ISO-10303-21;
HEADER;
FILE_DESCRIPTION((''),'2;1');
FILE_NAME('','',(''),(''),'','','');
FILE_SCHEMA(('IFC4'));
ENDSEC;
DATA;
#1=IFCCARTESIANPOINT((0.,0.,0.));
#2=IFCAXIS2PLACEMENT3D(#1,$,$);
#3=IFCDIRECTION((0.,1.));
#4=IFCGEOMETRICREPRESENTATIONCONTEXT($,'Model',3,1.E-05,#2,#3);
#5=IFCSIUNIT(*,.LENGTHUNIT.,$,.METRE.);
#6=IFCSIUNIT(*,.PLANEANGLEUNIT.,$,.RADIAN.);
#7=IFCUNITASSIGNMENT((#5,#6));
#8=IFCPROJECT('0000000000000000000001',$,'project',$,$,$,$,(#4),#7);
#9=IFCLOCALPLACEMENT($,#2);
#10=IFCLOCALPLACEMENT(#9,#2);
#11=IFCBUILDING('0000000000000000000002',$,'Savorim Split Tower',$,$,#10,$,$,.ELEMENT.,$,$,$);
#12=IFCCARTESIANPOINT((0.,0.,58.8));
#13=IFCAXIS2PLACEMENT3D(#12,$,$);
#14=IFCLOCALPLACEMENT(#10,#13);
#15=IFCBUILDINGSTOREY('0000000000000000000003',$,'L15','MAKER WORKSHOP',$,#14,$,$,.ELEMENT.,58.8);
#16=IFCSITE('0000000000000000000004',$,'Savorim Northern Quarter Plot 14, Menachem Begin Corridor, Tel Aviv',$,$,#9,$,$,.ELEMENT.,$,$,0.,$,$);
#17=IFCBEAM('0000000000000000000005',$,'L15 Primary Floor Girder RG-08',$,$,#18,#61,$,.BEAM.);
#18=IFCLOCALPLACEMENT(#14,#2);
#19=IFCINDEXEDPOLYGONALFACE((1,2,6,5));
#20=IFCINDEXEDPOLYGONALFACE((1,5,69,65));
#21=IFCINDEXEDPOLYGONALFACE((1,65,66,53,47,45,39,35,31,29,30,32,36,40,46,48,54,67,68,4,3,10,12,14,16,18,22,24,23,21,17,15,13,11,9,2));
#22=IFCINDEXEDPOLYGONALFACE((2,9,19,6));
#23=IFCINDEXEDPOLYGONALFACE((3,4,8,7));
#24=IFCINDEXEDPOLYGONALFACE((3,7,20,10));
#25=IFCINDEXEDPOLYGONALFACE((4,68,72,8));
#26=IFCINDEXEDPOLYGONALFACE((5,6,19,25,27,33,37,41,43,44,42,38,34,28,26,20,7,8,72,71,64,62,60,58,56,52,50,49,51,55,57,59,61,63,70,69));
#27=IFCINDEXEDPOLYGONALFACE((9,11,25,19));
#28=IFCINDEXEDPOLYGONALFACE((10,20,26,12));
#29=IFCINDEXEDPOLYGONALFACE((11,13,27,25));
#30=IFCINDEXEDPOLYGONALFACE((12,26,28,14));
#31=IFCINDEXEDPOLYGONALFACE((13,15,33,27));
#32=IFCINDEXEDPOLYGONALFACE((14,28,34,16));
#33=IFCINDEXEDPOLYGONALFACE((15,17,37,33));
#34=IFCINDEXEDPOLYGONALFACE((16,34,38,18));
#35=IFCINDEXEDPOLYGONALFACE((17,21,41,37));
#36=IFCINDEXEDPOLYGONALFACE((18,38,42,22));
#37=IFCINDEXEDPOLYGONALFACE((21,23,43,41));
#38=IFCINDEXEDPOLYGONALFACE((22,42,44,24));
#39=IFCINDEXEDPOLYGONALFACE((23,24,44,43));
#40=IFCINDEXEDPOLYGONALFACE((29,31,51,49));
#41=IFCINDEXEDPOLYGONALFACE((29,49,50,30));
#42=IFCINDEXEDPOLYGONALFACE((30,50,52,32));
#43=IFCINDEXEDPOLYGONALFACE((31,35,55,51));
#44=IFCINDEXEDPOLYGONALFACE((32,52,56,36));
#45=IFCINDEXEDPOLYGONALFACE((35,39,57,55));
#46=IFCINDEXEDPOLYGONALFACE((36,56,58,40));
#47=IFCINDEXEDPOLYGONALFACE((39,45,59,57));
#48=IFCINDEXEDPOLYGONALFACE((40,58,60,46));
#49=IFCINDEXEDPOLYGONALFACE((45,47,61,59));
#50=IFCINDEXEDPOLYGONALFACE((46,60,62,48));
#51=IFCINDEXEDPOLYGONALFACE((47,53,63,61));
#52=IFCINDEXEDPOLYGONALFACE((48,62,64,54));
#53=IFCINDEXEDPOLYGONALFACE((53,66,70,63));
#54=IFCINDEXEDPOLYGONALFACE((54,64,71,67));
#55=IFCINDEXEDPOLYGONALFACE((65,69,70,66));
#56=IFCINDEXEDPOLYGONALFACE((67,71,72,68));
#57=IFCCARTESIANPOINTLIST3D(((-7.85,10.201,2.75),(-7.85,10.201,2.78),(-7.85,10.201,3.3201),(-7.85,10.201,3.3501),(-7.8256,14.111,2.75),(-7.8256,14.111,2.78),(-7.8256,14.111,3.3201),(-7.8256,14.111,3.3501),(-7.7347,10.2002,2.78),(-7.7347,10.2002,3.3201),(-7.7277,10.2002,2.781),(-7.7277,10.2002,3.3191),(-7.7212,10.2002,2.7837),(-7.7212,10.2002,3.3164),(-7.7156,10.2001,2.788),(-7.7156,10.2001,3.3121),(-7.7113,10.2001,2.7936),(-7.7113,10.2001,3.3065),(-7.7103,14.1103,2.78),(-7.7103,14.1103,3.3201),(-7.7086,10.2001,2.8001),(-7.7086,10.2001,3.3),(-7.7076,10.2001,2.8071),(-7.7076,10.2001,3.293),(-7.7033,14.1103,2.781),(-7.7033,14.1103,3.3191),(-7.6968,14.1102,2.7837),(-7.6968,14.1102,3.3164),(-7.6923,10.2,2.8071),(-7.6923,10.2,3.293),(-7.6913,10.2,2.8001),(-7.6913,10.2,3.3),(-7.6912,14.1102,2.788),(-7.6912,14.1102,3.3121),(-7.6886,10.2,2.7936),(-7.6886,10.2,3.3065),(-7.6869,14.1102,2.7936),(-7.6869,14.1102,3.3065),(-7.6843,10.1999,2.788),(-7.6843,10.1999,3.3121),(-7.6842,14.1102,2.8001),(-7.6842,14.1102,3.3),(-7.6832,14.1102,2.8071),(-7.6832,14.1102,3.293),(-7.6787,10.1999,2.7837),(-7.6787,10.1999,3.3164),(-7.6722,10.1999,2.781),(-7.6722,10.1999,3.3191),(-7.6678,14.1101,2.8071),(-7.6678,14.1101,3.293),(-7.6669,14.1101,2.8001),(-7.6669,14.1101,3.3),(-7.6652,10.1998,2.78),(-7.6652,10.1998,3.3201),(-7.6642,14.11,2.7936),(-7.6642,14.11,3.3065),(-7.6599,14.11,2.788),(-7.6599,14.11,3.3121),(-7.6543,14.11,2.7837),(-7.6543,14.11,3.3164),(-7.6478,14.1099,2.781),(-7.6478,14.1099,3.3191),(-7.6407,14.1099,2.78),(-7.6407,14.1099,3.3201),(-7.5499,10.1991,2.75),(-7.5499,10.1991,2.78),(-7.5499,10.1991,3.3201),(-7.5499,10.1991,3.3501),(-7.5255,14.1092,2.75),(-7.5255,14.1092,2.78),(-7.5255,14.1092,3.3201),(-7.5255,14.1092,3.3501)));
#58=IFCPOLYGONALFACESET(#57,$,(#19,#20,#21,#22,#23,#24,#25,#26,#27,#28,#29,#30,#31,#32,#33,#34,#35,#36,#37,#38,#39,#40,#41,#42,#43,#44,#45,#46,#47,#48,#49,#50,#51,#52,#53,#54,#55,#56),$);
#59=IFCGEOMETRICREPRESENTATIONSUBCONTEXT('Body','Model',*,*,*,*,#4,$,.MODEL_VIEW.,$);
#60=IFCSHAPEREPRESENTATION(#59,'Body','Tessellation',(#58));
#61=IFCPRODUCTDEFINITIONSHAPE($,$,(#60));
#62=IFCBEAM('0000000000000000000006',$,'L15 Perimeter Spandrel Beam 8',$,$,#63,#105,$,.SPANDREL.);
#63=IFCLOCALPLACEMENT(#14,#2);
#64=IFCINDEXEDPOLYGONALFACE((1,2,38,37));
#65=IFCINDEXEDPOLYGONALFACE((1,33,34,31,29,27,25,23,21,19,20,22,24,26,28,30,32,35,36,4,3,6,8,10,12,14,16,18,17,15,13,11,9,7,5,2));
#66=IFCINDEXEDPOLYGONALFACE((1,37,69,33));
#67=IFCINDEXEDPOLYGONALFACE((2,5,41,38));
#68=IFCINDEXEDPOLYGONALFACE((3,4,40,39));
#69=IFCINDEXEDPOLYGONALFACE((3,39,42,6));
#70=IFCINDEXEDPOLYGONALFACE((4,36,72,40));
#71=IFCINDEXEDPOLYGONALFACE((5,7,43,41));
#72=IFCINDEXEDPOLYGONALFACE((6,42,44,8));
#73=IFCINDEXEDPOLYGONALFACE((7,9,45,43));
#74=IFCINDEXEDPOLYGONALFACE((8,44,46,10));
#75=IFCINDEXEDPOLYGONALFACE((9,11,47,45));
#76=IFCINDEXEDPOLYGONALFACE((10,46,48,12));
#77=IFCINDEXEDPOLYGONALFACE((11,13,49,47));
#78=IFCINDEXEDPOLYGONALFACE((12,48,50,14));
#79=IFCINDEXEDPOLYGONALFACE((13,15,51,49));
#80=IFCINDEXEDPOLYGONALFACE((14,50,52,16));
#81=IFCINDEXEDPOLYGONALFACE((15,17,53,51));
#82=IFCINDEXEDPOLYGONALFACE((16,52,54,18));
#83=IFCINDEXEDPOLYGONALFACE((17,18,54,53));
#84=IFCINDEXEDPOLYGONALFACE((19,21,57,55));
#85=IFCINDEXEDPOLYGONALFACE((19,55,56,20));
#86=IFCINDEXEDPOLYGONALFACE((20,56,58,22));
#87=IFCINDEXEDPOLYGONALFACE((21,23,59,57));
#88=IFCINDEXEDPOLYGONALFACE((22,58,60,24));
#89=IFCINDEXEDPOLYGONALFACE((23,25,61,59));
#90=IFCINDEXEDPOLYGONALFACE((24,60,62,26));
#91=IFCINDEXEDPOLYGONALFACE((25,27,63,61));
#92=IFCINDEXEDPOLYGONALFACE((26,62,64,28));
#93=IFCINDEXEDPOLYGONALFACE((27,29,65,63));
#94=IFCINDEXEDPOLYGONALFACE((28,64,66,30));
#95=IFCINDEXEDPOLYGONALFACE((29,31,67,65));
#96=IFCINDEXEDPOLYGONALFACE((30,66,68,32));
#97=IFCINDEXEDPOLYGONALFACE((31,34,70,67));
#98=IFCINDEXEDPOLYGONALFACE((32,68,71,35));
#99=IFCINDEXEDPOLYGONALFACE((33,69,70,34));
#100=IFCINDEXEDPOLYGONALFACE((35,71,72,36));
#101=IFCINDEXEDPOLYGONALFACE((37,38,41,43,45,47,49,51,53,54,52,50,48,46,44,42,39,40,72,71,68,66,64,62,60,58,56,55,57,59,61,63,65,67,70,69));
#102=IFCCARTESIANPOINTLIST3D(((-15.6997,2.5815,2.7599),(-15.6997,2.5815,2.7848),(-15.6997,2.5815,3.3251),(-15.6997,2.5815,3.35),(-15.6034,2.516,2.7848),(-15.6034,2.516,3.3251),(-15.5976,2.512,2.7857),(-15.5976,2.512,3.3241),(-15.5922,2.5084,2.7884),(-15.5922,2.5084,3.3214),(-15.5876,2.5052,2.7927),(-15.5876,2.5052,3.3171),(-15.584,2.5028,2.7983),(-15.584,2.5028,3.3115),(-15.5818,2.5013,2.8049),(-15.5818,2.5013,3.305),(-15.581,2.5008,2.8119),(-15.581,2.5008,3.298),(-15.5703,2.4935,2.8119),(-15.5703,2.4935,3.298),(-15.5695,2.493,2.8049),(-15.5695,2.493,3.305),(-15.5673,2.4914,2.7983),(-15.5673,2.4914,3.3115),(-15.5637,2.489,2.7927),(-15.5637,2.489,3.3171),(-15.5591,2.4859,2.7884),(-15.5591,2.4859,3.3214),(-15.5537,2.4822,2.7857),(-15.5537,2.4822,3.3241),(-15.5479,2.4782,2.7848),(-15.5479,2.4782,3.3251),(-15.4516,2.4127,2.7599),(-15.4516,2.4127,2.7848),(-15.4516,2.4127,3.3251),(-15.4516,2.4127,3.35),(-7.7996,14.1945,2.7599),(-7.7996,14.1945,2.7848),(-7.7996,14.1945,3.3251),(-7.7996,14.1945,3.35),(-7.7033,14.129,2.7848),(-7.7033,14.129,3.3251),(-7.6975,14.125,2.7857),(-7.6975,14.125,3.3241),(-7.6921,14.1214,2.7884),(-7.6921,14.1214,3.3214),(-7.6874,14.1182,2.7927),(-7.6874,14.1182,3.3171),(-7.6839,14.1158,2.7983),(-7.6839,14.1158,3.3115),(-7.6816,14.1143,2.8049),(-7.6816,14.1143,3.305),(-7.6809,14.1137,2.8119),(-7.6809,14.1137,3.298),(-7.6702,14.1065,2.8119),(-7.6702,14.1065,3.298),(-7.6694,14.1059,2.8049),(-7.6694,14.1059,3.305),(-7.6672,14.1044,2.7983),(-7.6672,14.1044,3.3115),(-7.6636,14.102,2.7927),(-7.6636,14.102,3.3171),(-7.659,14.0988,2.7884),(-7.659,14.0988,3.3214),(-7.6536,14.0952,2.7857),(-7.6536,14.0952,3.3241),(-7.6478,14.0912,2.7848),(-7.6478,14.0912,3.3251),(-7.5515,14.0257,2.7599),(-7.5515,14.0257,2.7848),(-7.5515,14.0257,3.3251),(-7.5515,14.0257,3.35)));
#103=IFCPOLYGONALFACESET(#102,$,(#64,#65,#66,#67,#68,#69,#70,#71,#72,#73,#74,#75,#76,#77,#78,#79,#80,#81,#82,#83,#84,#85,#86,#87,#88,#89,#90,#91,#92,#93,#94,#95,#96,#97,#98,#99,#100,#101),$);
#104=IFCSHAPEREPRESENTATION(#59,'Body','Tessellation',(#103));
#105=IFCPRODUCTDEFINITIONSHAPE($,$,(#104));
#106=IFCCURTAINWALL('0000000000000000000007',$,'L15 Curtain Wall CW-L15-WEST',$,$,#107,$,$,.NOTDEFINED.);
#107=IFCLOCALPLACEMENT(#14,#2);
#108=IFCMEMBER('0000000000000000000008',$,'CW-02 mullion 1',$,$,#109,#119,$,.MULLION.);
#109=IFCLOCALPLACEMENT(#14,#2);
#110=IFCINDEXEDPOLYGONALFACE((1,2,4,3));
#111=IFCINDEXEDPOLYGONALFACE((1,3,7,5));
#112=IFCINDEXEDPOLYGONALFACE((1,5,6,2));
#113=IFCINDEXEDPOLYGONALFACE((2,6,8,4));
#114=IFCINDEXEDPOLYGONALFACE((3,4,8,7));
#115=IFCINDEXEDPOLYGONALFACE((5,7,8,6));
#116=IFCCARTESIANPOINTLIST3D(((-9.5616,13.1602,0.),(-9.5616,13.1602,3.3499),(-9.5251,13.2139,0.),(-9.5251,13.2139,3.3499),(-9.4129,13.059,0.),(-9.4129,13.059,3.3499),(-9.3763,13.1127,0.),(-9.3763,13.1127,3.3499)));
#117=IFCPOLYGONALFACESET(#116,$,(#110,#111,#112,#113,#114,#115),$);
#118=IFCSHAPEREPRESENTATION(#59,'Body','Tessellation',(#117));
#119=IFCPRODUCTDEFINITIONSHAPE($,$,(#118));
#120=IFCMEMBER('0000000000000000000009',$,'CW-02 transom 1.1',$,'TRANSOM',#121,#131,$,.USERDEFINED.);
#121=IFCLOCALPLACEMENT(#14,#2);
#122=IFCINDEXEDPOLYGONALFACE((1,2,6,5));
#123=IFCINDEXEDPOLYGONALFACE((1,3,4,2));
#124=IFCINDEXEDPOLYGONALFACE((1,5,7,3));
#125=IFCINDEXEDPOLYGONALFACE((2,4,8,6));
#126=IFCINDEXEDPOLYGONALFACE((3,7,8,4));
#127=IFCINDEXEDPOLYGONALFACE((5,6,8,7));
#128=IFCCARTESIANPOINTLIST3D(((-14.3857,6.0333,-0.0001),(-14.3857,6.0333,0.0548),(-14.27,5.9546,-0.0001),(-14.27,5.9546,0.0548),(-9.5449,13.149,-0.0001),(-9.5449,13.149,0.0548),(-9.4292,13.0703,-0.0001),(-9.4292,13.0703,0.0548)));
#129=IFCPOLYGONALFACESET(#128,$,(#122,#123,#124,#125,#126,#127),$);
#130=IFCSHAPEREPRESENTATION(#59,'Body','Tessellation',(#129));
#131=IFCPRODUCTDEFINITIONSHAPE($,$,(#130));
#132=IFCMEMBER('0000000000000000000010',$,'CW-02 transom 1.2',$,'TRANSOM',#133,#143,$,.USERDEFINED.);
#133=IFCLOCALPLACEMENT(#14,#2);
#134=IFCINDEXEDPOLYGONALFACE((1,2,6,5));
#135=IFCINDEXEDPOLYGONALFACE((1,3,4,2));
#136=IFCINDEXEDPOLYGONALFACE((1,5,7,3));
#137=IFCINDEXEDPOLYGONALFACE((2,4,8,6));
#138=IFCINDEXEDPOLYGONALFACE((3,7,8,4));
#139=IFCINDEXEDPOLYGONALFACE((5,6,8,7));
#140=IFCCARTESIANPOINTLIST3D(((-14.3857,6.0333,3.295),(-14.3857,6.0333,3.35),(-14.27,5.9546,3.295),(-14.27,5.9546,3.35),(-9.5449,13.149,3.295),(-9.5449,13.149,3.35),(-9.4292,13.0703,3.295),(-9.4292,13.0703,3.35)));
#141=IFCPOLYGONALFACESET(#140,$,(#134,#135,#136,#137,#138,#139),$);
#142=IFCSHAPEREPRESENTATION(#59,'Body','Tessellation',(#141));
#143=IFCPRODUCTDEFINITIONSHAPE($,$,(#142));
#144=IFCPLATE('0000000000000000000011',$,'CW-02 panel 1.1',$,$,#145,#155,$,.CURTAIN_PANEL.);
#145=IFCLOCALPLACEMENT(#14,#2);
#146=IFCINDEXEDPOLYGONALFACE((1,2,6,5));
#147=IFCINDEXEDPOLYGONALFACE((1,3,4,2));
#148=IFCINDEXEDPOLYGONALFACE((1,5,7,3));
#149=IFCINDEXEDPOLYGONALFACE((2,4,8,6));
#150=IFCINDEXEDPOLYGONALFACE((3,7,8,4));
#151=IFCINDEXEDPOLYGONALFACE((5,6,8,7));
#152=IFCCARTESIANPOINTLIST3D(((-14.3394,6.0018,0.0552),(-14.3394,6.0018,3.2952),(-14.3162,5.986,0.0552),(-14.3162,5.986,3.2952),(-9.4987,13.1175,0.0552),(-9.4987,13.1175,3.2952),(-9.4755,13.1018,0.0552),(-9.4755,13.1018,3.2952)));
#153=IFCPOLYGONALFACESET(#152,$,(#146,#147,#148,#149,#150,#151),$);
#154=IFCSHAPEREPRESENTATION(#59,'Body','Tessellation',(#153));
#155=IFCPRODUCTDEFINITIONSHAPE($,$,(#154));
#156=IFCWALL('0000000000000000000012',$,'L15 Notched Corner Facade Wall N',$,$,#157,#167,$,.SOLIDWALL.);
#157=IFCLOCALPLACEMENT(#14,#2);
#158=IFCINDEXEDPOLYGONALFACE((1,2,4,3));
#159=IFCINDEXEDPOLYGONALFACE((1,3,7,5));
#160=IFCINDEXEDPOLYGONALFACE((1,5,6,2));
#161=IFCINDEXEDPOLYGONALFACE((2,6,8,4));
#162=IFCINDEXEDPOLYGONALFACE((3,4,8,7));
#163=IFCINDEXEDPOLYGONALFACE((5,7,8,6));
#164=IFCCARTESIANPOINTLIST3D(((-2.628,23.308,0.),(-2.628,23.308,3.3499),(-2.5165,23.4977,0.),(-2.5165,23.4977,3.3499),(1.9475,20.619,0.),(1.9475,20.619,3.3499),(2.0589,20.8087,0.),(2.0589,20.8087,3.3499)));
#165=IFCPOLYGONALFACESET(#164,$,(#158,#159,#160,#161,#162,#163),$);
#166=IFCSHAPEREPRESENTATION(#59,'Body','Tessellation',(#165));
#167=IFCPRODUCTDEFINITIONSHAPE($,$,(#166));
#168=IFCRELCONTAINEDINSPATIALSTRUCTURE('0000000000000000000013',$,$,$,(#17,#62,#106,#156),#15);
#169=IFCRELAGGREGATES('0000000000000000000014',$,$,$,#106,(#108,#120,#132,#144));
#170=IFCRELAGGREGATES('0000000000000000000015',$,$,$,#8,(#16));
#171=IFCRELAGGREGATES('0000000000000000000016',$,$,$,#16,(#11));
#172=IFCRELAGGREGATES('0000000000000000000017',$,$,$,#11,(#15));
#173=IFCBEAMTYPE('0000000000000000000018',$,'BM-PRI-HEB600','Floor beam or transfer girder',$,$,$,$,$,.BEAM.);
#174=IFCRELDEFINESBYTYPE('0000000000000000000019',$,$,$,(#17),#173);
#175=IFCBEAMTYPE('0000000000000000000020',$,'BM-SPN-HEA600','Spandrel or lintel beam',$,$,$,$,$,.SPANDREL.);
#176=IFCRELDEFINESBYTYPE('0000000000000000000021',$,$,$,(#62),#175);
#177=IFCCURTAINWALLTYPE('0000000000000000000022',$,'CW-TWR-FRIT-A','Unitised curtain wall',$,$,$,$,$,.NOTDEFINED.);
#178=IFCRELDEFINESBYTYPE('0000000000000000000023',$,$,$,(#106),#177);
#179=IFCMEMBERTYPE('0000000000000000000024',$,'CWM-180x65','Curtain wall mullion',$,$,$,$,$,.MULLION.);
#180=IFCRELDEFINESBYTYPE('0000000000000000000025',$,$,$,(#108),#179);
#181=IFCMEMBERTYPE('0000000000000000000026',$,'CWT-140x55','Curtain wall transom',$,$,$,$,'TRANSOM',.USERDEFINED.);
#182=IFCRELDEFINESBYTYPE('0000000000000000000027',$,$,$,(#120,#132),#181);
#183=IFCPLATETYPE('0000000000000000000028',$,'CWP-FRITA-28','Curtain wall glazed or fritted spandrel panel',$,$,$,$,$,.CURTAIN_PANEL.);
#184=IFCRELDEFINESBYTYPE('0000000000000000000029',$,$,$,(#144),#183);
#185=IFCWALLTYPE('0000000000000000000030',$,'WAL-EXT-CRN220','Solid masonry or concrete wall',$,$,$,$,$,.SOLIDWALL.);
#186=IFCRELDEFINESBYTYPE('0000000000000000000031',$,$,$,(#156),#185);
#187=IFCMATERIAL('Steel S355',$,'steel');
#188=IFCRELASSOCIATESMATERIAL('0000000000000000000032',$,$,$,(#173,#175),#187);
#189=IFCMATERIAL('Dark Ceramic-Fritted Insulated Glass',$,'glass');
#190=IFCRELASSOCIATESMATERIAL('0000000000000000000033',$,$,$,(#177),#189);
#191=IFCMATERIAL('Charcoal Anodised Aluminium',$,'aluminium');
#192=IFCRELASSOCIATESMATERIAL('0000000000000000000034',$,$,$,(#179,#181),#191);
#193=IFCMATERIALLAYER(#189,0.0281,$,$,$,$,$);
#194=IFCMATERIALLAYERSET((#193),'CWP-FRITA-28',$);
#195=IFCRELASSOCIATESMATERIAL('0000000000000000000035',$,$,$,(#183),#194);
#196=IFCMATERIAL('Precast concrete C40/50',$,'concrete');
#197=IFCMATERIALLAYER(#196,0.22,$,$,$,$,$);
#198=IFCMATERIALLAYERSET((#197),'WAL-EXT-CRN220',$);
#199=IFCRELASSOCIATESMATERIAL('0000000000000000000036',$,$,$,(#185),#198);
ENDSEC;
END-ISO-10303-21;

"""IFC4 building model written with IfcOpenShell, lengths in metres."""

from ifc_helpers import new_model, si_unit, direction, frame, frame_2d, origin, origin_2d, place, context, subcontext, project, spatial, rectangle, i_section, extrude, material, layer, layer_set, material_profile, profile_set, type_object, element, aggregate, save


model = new_model("IFC4")

# Units and contexts
model_context = context("Model", 3, precision=1e-05, world=origin(), true_north=direction((0.0, 1.0)))
body_context = subcontext(model_context, "Body", "Model", "MODEL_VIEW")
ifc_project = project(units=[si_unit("LENGTHUNIT", "METRE"), si_unit("PLANEANGLEUNIT", "RADIAN")], contexts=[model_context])

# Site, building, storey
site_placement = place(None, origin())
site = spatial("IfcSite", under=ifc_project, at=site_placement, Name="Savorim Northern Quarter Plot 14, Menachem Begin Corridor, Tel Aviv", CompositionType="ELEMENT", RefElevation=0.0)
building_placement = place(site_placement, origin())
building = spatial("IfcBuilding", under=site, at=building_placement, Name="Savorim Split Tower", CompositionType="ELEMENT")
storey_placement = place(building_placement, frame((0.0, 0.0, 58.8)))
storey = spatial("IfcBuildingStorey", under=building, at=storey_placement, Name="L15", Description="MAKER WORKSHOP", CompositionType="ELEMENT", Elevation=58.8)

# Beams
ifc_material_1 = material(Name="Steel S355", Category="steel")
ifc_material_profile_1 = material_profile(ifc_material_1, i_section(OverallWidth=0.3, OverallDepth=0.6001, WebThickness=0.0154, FlangeThickness=0.03, FilletRadius=0.0271, at=origin_2d()), Name="HEB 600")
ifc_profile_set_1 = profile_set([ifc_material_profile_1], Name="Steel S355")
beam_type_1 = type_object("IfcBeamType", Name="BM-PRI-HEB600", Description="Floor beam or transfer girder", PredefinedType="BEAM", material=ifc_profile_set_1)
beam_1_placement = place(storey_placement, frame((-7.6755, 14.1101, 3.05), z_axis=(-0.006244, -0.999981, 0.0), x_axis=(0.999981, -0.006244, 0.0)))
element("IfcBeam", 1, at=beam_1_placement, inside=storey, type_object=beam_type_1, Name="L15 Primary Floor Girder RG-08", PredefinedType="BEAM", context=body_context, shape_type="SweptSolid", body=[
    extrude(i_section(OverallWidth=0.3, OverallDepth=0.6001, WebThickness=0.0154, FlangeThickness=0.03, FilletRadius=0.0271, at=origin_2d()), origin(), (0.0, 0.0, 1.0), 3.9102),
])
ifc_material_profile_2 = material_profile(ifc_material_1, i_section(OverallWidth=0.3, OverallDepth=0.5901, WebThickness=0.0129, FlangeThickness=0.0249, FilletRadius=0.0271, at=origin_2d()), Name="HEA 600")
ifc_profile_set_2 = profile_set([ifc_material_profile_2], Name="Steel S355")
beam_type_2 = type_object("IfcBeamType", Name="BM-SPN-HEA600", Description="Spandrel or lintel beam", PredefinedType="SPANDREL", material=ifc_profile_set_2)
beam_2_placement = place(storey_placement, frame((-7.6755, 14.1101, 3.0549), z_axis=(-0.56247, -0.826818, 0.0), x_axis=(0.826818, -0.56247, 0.0)))
element("IfcBeam", 2, at=beam_2_placement, inside=storey, type_object=beam_type_2, Name="L15 Perimeter Spandrel Beam 8", PredefinedType="SPANDREL", context=body_context, shape_type="SweptSolid", body=[
    extrude(i_section(OverallWidth=0.3, OverallDepth=0.5901, WebThickness=0.0129, FlangeThickness=0.0249, FilletRadius=0.0271, at=origin_2d()), origin(), (0.0, 0.0, 1.0), 14.0454),
])

# Curtain wall, members, plate
ifc_material_2 = material(Name="Dark Ceramic-Fritted Insulated Glass", Category="glass")
curtain_wall_type = type_object("IfcCurtainWallType", Name="CW-TWR-FRIT-A", Description="Unitised curtain wall", PredefinedType="NOTDEFINED", material=ifc_material_2)
curtain_wall_placement = place(storey_placement, origin())
curtain_wall = element("IfcCurtainWall", 3, at=curtain_wall_placement, inside=storey, type_object=curtain_wall_type, Name="L15 Curtain Wall CW-L15-WEST", PredefinedType="NOTDEFINED")
ifc_material_3 = material(Name="Charcoal Anodised Aluminium", Category="aluminium")
ifc_material_profile_3 = material_profile(ifc_material_3, rectangle(XDim=0.1799, YDim=0.0649, at=origin_2d()), Name="ALU-M 180x65")
ifc_profile_set_3 = profile_set([ifc_material_profile_3], Name="Charcoal Anodised Aluminium")
member_type_1 = type_object("IfcMemberType", Name="CWM-180x65", Description="Curtain wall mullion", PredefinedType="MULLION", material=ifc_profile_set_3)
member_1_placement = place(storey_placement, frame((-9.469, 13.1365, 0.0), z_axis=(0.0, 0.0, 1.0), x_axis=(0.82682, -0.562466, 0.0)))
member_1 = element("IfcMember", 4, at=member_1_placement, type_object=member_type_1, Name="CW-02 mullion 1", PredefinedType="MULLION", context=body_context, shape_type="SweptSolid", body=[
    extrude(rectangle(XDim=0.1799, YDim=0.0649, at=origin_2d()), origin(), (0.0, 0.0, 1.0), 3.3499),
])
ifc_material_profile_4 = material_profile(ifc_material_3, rectangle(XDim=0.1399, YDim=0.0549, at=origin_2d()), Name="ALU-T 140x55")
ifc_profile_set_4 = profile_set([ifc_material_profile_4], Name="Charcoal Anodised Aluminium")
member_type_2 = type_object("IfcMemberType", Name="CWT-140x55", Description="Curtain wall transom", ElementType="TRANSOM", PredefinedType="USERDEFINED", material=ifc_profile_set_4)
member_2_placement = place(storey_placement, frame((-9.4871, 13.1096, 0.0273), z_axis=(-0.562479, -0.826811, 0.0), x_axis=(0.826811, -0.562479, 0.0)))
member_2 = element("IfcMember", 5, at=member_2_placement, type_object=member_type_2, Name="CW-02 transom 1.1", ObjectType="TRANSOM", PredefinedType="USERDEFINED", context=body_context, shape_type="SweptSolid", body=[
    extrude(rectangle(XDim=0.1399, YDim=0.0549, at=origin_2d()), origin(), (0.0, 0.0, 1.0), 8.6062),
])
member_3_placement = place(storey_placement, frame((-9.4871, 13.1096, 3.3225), z_axis=(-0.562479, -0.826811, 0.0), x_axis=(0.826811, -0.562479, 0.0)))
member_3 = element("IfcMember", 6, at=member_3_placement, type_object=member_type_2, Name="CW-02 transom 1.2", ObjectType="TRANSOM", PredefinedType="USERDEFINED", context=body_context, shape_type="SweptSolid", body=[
    extrude(rectangle(XDim=0.1399, YDim=0.0549, at=origin_2d()), origin(), (0.0, 0.0, 1.0), 8.6062),
])
ifc_layer_1 = layer(ifc_material_2, 0.0281)
ifc_layer_set_1 = layer_set([ifc_layer_1], Name="CWP-FRITA-28")
plate_type = type_object("IfcPlateType", Name="CWP-FRITA-28", Description="Curtain wall glazed or fritted spandrel panel", PredefinedType="CURTAIN_PANEL", material=ifc_layer_set_1)
plate_placement = place(storey_placement, frame((-11.9075, 9.5518, 0.0552), z_axis=(0.0, 0.0, 1.0), x_axis=(-0.562466, -0.82682, 0.0)))
plate = element("IfcPlate", 7, at=plate_placement, type_object=plate_type, Name="CW-02 panel 1.1", PredefinedType="CURTAIN_PANEL", context=body_context, shape_type="SweptSolid", body=[
    extrude(rectangle(XDim=8.6062, YDim=0.0281, at=origin_2d()), origin(), (0.0, 0.0, 1.0), 3.24),
])
aggregate(curtain_wall, [member_1, member_2, member_3, plate])

# Wall
ifc_material_4 = material(Name="Precast concrete C40/50", Category="concrete")
ifc_layer_2 = layer(ifc_material_4, 0.22)
ifc_layer_set_2 = layer_set([ifc_layer_2], Name="WAL-EXT-CRN220")
wall_type_1 = type_object("IfcWallType", Name="WAL-EXT-CRN220", Description="Solid masonry or concrete wall", PredefinedType="SOLIDWALL", material=ifc_layer_set_2)
wall_1_placement = place(storey_placement, frame((-2.5723, 23.4028, 0.0), z_axis=(0.0, 0.0, 1.0), x_axis=(0.862138, -0.506674, 0.0)))
element("IfcWall", 8, at=wall_1_placement, inside=storey, type_object=wall_type_1, Name="L15 Notched Corner Facade Wall N", PredefinedType="SOLIDWALL", context=body_context, shape_type="SweptSolid", body=[
    extrude(rectangle(XDim=5.3071, YDim=0.22, at=frame_2d((2.6536, 0.0))), origin(), (0.0, 0.0, 1.0), 3.3499),
])

save(model, "model.ifc")
